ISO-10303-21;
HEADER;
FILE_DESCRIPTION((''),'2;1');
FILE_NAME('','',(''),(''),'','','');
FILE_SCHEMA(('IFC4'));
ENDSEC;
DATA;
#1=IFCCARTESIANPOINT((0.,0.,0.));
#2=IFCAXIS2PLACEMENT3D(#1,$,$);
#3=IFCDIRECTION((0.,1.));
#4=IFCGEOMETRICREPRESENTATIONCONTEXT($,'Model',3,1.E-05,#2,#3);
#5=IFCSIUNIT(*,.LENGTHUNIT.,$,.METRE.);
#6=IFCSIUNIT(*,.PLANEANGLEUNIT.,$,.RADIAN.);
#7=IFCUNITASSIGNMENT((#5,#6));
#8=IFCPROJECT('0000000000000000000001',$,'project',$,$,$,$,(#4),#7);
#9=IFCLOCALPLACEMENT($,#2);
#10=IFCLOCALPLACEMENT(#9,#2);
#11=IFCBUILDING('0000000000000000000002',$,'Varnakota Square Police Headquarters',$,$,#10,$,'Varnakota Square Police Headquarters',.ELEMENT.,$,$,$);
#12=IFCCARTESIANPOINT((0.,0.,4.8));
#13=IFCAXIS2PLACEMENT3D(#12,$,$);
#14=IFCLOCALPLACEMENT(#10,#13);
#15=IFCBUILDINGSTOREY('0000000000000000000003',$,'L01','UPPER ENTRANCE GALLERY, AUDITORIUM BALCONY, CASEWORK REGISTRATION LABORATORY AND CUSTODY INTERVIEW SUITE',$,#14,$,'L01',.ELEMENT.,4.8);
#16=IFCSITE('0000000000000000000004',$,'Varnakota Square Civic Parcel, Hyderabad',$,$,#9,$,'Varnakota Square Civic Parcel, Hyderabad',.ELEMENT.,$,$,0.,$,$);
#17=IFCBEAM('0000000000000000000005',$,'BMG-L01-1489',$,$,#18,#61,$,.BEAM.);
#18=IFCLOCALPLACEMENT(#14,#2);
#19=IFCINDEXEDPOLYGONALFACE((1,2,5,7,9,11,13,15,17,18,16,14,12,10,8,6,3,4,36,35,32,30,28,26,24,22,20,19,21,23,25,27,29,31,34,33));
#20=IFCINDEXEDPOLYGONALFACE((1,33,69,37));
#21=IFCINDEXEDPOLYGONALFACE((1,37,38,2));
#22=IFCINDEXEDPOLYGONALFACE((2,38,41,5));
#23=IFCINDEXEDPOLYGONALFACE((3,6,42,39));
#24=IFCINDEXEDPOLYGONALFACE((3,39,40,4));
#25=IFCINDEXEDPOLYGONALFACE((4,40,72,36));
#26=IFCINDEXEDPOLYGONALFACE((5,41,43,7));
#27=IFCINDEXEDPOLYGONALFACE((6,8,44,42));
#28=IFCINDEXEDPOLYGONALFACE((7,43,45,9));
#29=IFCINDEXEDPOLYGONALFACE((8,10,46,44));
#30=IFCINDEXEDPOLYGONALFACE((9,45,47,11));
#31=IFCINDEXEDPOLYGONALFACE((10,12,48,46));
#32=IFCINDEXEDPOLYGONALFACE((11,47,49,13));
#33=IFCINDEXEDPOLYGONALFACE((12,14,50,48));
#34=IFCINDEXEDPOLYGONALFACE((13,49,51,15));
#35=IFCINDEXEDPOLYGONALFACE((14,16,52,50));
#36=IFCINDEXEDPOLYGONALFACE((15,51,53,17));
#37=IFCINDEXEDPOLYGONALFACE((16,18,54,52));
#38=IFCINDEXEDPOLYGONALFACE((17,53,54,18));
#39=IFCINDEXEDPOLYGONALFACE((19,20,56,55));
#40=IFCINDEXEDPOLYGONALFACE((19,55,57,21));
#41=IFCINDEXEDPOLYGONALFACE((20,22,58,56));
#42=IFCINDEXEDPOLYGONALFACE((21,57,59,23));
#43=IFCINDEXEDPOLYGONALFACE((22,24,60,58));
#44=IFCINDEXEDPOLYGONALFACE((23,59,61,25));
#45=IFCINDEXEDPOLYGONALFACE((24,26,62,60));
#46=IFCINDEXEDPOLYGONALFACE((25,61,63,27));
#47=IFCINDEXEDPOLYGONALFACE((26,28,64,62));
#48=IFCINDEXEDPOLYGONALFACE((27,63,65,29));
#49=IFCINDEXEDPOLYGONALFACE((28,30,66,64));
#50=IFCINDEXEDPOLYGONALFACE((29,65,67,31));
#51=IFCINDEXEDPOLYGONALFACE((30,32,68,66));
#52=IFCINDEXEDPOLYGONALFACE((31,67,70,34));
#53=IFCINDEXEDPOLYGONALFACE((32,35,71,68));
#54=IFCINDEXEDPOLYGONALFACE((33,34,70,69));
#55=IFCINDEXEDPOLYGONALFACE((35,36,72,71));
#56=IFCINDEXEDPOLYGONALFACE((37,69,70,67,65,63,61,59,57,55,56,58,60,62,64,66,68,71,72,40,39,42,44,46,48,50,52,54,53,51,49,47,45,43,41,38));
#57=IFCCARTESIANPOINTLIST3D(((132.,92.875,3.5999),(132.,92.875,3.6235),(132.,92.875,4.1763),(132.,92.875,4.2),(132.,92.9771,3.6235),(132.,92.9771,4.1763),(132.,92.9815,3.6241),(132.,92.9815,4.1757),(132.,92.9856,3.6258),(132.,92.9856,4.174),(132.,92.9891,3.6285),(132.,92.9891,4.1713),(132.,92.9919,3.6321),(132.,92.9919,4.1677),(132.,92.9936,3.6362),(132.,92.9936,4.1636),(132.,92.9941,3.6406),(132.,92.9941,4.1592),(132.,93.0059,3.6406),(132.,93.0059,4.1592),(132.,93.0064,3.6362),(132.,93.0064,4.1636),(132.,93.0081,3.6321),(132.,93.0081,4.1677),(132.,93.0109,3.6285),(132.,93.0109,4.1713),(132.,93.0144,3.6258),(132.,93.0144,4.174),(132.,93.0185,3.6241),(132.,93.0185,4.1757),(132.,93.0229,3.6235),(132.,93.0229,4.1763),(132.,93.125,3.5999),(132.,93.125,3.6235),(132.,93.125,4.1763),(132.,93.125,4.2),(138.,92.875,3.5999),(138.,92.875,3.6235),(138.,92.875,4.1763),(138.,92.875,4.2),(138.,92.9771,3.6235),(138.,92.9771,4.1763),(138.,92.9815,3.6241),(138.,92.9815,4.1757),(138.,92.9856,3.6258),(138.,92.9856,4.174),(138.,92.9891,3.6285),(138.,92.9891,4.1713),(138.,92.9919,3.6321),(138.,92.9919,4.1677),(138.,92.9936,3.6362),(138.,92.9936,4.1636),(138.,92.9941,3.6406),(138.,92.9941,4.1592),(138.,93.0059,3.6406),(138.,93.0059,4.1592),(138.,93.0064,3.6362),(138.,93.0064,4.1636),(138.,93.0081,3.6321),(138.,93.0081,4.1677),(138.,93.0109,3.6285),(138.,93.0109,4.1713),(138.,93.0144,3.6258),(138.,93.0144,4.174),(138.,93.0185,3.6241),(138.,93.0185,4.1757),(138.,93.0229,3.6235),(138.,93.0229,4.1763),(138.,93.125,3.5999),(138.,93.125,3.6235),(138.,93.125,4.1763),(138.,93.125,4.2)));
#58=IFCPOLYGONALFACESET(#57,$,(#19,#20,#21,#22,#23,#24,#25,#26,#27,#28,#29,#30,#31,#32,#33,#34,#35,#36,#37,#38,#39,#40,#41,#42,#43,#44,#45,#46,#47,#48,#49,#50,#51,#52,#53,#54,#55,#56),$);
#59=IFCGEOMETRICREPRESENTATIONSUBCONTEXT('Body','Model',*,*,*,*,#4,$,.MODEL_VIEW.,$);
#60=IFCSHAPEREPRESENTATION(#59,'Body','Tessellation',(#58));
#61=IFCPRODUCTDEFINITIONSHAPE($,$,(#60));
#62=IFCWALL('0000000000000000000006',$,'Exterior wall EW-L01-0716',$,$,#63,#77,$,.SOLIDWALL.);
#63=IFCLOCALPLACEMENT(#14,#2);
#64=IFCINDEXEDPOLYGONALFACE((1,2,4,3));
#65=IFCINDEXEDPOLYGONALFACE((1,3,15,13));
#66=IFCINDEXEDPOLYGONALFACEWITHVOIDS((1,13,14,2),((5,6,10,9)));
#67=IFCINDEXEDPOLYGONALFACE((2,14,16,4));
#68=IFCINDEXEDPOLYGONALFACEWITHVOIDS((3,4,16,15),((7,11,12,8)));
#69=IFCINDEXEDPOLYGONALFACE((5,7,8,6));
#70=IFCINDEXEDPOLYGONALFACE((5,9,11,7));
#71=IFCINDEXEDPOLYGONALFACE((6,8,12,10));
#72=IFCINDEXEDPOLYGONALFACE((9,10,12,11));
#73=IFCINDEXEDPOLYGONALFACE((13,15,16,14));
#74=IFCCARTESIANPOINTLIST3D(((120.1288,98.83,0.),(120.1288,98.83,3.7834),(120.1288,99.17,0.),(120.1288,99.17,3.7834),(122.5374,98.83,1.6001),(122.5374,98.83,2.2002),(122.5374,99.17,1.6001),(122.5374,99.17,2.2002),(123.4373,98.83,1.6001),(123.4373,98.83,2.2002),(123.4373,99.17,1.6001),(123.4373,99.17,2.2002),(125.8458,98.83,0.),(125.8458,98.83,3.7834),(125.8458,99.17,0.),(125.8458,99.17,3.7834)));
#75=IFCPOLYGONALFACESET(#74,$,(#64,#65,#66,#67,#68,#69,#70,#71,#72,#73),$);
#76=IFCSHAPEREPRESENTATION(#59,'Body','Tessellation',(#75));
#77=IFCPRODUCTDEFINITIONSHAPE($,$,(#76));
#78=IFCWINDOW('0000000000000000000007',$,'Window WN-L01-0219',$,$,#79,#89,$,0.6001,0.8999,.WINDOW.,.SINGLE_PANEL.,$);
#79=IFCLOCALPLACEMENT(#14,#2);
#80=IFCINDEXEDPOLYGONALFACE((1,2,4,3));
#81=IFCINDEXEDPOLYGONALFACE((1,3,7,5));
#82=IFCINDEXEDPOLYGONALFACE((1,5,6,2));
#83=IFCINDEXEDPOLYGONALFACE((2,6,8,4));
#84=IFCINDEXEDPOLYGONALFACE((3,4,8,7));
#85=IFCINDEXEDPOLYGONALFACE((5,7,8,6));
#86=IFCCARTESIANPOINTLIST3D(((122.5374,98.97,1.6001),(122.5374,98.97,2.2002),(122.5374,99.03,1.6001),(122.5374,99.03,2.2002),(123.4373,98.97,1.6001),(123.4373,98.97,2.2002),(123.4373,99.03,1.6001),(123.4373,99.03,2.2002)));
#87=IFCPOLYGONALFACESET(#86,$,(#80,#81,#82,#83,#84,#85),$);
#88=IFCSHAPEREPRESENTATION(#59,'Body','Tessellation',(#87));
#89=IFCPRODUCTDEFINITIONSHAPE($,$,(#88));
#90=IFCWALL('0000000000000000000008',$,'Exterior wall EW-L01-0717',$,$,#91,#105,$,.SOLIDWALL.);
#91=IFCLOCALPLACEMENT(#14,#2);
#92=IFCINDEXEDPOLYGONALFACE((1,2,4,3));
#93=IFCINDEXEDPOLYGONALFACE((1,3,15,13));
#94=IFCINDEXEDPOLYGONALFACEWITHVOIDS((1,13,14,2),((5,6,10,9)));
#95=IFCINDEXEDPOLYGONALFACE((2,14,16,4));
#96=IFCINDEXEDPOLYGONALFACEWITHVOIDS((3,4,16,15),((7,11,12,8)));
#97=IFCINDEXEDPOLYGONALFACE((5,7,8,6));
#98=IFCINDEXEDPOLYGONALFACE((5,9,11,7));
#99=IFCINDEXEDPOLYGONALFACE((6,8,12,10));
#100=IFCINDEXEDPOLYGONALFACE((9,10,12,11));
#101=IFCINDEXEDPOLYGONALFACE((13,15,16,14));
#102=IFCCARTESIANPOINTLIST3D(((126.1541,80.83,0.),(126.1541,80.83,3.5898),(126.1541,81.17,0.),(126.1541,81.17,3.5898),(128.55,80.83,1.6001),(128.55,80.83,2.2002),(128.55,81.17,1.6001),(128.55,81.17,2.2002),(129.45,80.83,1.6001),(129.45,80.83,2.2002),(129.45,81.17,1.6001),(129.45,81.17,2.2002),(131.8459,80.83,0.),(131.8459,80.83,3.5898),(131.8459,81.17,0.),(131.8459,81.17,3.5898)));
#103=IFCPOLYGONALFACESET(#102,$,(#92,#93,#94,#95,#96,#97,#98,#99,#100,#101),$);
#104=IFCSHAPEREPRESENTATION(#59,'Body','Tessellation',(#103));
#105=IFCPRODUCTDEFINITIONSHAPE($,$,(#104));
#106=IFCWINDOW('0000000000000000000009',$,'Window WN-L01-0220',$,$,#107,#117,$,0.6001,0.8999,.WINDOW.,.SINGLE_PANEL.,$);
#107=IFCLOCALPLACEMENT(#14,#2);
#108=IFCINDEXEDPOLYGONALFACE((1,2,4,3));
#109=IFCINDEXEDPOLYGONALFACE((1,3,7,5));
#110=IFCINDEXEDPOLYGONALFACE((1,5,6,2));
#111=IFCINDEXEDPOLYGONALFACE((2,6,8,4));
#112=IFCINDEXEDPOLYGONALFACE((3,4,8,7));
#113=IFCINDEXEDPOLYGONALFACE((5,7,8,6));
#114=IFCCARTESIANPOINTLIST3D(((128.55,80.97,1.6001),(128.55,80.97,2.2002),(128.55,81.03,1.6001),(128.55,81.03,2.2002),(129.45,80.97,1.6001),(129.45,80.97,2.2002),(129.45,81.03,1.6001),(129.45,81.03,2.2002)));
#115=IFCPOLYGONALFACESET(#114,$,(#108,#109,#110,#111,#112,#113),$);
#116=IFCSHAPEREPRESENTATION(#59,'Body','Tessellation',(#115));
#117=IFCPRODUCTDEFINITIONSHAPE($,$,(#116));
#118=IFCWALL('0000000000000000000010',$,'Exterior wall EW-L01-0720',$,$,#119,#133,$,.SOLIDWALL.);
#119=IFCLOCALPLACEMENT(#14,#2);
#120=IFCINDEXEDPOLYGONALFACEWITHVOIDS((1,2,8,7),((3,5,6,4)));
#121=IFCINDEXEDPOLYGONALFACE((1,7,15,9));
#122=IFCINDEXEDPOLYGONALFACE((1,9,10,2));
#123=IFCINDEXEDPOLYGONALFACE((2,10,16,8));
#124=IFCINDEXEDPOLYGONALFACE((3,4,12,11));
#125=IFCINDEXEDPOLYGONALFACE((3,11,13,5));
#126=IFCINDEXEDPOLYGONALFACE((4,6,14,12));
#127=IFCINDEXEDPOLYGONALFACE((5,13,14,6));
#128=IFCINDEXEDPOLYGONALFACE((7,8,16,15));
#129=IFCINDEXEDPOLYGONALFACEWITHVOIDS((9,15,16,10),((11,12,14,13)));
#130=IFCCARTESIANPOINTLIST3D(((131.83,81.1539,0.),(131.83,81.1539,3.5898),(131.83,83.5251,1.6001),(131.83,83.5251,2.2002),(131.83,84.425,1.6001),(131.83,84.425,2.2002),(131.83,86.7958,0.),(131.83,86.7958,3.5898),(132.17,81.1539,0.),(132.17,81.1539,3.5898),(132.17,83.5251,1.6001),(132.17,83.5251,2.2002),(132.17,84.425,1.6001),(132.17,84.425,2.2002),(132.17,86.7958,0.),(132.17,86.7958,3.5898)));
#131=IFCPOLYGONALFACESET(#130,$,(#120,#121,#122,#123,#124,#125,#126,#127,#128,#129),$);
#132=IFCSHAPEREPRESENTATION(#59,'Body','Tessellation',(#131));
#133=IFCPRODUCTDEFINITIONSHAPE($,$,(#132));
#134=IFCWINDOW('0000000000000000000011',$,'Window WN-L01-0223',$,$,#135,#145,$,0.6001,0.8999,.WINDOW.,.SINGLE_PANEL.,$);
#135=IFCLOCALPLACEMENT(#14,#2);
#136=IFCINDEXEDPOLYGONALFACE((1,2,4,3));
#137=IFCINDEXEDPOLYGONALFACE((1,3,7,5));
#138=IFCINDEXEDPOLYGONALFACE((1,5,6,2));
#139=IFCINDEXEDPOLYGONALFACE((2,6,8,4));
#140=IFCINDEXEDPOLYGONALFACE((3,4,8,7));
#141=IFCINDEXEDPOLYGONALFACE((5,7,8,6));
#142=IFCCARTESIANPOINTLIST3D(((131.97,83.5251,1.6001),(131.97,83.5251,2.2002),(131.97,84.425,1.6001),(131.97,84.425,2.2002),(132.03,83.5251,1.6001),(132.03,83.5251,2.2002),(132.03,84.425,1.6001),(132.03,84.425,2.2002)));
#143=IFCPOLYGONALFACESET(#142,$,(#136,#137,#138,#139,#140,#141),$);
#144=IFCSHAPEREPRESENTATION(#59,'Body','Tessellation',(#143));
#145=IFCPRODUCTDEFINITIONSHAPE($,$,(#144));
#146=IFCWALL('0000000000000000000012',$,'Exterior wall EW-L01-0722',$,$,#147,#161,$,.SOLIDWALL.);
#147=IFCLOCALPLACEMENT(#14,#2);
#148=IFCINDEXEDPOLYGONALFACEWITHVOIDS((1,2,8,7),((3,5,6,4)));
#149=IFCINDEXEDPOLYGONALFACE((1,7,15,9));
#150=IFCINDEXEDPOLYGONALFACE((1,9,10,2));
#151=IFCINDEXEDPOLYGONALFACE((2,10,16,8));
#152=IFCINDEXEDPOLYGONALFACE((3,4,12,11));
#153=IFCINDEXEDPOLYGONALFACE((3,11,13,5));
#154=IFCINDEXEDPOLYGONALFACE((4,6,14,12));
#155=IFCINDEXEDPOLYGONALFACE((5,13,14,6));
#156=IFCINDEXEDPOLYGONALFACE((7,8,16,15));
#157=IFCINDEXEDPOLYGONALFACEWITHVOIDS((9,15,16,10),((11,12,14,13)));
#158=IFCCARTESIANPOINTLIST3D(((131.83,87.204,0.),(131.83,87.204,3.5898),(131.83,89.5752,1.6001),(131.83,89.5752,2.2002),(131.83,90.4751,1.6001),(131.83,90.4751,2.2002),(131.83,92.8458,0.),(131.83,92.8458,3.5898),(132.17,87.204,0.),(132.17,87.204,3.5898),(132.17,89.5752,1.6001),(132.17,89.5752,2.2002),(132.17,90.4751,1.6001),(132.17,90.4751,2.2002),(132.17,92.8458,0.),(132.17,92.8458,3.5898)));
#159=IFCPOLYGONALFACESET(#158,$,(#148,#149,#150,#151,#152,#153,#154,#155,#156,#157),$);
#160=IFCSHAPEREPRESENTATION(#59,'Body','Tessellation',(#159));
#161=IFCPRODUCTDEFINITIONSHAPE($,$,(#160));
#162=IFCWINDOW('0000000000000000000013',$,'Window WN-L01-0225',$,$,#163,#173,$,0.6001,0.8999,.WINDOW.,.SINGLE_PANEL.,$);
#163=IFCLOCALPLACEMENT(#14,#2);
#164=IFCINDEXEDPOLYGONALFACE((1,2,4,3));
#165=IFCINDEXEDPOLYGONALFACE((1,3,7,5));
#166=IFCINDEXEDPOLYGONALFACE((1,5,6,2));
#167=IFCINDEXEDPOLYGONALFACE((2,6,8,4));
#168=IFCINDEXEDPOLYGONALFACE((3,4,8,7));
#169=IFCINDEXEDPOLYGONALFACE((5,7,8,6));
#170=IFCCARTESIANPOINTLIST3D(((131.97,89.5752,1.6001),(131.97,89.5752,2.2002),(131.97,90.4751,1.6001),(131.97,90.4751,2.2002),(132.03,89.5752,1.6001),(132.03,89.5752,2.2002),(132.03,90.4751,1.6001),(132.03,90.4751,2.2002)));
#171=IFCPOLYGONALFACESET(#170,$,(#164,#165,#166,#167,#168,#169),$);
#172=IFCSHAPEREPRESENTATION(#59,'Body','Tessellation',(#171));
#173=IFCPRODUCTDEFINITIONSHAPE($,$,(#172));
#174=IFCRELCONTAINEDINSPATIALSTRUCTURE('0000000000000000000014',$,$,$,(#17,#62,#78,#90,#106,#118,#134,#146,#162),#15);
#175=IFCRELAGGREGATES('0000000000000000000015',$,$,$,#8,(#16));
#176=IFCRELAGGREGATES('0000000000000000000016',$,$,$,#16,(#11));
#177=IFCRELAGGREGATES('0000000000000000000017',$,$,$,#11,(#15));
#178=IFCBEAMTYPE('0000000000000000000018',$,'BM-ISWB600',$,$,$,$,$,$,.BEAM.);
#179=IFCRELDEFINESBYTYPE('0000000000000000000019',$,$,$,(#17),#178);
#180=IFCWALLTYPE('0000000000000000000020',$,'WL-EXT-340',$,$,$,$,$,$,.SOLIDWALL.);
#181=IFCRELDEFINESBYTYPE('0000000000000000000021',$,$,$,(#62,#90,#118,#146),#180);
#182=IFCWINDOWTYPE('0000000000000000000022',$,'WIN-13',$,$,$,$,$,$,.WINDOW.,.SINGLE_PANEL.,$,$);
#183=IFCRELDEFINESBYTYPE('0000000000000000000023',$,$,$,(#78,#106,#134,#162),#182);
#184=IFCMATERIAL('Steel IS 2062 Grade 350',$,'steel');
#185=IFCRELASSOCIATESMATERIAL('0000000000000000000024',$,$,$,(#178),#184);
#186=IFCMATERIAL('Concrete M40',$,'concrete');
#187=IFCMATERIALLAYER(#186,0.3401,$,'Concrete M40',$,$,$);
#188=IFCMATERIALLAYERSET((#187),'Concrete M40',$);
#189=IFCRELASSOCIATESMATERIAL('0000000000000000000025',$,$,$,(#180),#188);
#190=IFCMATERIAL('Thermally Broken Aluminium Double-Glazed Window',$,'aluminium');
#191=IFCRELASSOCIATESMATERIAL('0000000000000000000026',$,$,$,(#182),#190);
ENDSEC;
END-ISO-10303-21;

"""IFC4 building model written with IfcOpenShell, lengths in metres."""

from ifc_helpers import new_model, si_unit, direction, frame, frame_2d, origin, origin_2d, place, context, subcontext, project, spatial, rectangle, i_section, extrude, material, layer, layer_set, material_profile, profile_set, type_object, element, fill, save


model = new_model("IFC4")

# Units and contexts
model_context = context("Model", 3, precision=1e-05, world=origin(), true_north=direction((0.0, 1.0)))
body_context = subcontext(model_context, "Body", "Model", "MODEL_VIEW")
ifc_project = project(units=[si_unit("LENGTHUNIT", "METRE"), si_unit("PLANEANGLEUNIT", "RADIAN")], contexts=[model_context])

# Site, building, storey
site_placement = place(None, origin())
site = spatial("IfcSite", under=ifc_project, at=site_placement, Name="Varnakota Square Civic Parcel, Hyderabad", LongName="Varnakota Square Civic Parcel, Hyderabad", CompositionType="ELEMENT", RefElevation=0.0)
building_placement = place(site_placement, origin())
building = spatial("IfcBuilding", under=site, at=building_placement, Name="Varnakota Square Police Headquarters", LongName="Varnakota Square Police Headquarters", CompositionType="ELEMENT")
storey_placement = place(building_placement, frame((0.0, 0.0, 4.8)))
storey = spatial("IfcBuildingStorey", under=building, at=storey_placement, Name="L01", Description="UPPER ENTRANCE GALLERY, AUDITORIUM BALCONY, CASEWORK REGISTRATION LABORATORY AND CUSTODY INTERVIEW SUITE", LongName="L01", CompositionType="ELEMENT", Elevation=4.8)

# Shared definitions
ifc_material_1 = material(Name="Steel IS 2062 Grade 350", Category="steel")

# Beam
ifc_material_profile_1 = material_profile(ifc_material_1, i_section(OverallWidth=0.25, OverallDepth=0.6001, WebThickness=0.0117, FlangeThickness=0.0237, FilletRadius=0.0171, at=origin_2d()), Name="ISWB 600")
ifc_profile_set_1 = profile_set([ifc_material_profile_1], Name="Steel IS 2062 Grade 350")
beam_type_1 = type_object("IfcBeamType", Name="BM-ISWB600", PredefinedType="BEAM", material=ifc_profile_set_1)
for number, where, z_axis, x_axis, name in (
    (1, (132.0, 93.0, 3.8999), (1.0, 0.0, 0.0), (0.0, 1.0, 0.0), "BMG-L01-1489"),
):
    element("IfcBeam", number, at=place(storey_placement, frame(where, z_axis=z_axis, x_axis=x_axis)), inside=storey, type_object=beam_type_1, Name=name, PredefinedType="BEAM", context=body_context, shape_type="SweptSolid", body=[
        extrude(i_section(OverallWidth=0.25, OverallDepth=0.6001, WebThickness=0.0117, FlangeThickness=0.0237, FilletRadius=0.0171, at=origin_2d()), origin(), (0.0, 0.0, 1.0), 6.0),
    ])

# Walls, openings, windows
ifc_material_2 = material(Name="Concrete M40", Category="concrete")
ifc_layer = layer(ifc_material_2, 0.3401, Name="Concrete M40")
ifc_layer_set = layer_set([ifc_layer], Name="Concrete M40")
wall_type = type_object("IfcWallType", Name="WL-EXT-340", PredefinedType="SOLIDWALL", material=ifc_layer_set)
wall_1_placement = place(storey_placement, frame((120.1289, 99.0, 0.0), z_axis=(0.0, 0.0, 1.0), x_axis=(1.0, 0.0, 0.0)))
wall_1 = element("IfcWall", 2, at=wall_1_placement, inside=storey, type_object=wall_type, Name="Exterior wall EW-L01-0716", PredefinedType="SOLIDWALL", context=body_context, shape_type="SweptSolid", body=[
    extrude(rectangle(XDim=5.717, YDim=0.3401, at=frame_2d((2.8584, 0.0))), origin(), (0.0, 0.0, 1.0), 3.7834),
])
opening_1_placement = place(wall_1_placement, frame((2.4084, 0.0, 1.6001)))
opening_1 = element("IfcOpeningElement", 3, at=opening_1_placement, cuts=wall_1, PredefinedType="OPENING", context=body_context, shape_type="SweptSolid", body=[
    extrude(rectangle(XDim=0.8999, YDim=0.6001, at=frame_2d((0.45, 0.3))), frame((0.0, 0.1799, 0.0), z_axis=(0.0, -1.0, 0.0), x_axis=(1.0, 0.0, 0.0)), (0.0, 0.0, 1.0), 0.3601),
])
ifc_material_3 = material(Name="Thermally Broken Aluminium Double-Glazed Window", Category="aluminium")
window_type = type_object("IfcWindowType", Name="WIN-13", PartitioningType="SINGLE_PANEL", PredefinedType="WINDOW", material=ifc_material_3)
window_1_placement = place(opening_1_placement, origin())
window_1 = element("IfcWindow", 4, at=window_1_placement, inside=storey, type_object=window_type, Name="Window WN-L01-0219", OverallHeight=0.6001, OverallWidth=0.8999, PartitioningType="SINGLE_PANEL", PredefinedType="WINDOW", context=body_context, shape_type="SweptSolid", body=[
    extrude(rectangle(XDim=0.8999, YDim=0.6001, at=frame_2d((0.45, 0.3))), frame((0.0, 0.03, 0.0), z_axis=(0.0, -1.0, 0.0), x_axis=(1.0, 0.0, 0.0)), (0.0, 0.0, 1.0), 0.0601),
])
fill(opening_1, window_1)
wall_2_placement = place(storey_placement, frame((126.1541, 81.0, 0.0), z_axis=(0.0, 0.0, 1.0), x_axis=(1.0, 0.0, 0.0)))
wall_2 = element("IfcWall", 5, at=wall_2_placement, inside=storey, type_object=wall_type, Name="Exterior wall EW-L01-0717", PredefinedType="SOLIDWALL", context=body_context, shape_type="SweptSolid", body=[
    extrude(rectangle(XDim=5.6919, YDim=0.3401, at=frame_2d((2.8459, 0.0))), origin(), (0.0, 0.0, 1.0), 3.5898),
])
opening_2_placement = place(wall_2_placement, frame((2.396, 0.0, 1.6001)))
opening_2 = element("IfcOpeningElement", 6, at=opening_2_placement, cuts=wall_2, PredefinedType="OPENING", context=body_context, shape_type="SweptSolid", body=[
    extrude(rectangle(XDim=0.8999, YDim=0.6001, at=frame_2d((0.45, 0.3))), frame((0.0, 0.1799, 0.0), z_axis=(0.0, -1.0, 0.0), x_axis=(1.0, 0.0, 0.0)), (0.0, 0.0, 1.0), 0.3601),
])
window_2_placement = place(opening_2_placement, origin())
window_2 = element("IfcWindow", 7, at=window_2_placement, inside=storey, type_object=window_type, Name="Window WN-L01-0220", OverallHeight=0.6001, OverallWidth=0.8999, PartitioningType="SINGLE_PANEL", PredefinedType="WINDOW", context=body_context, shape_type="SweptSolid", body=[
    extrude(rectangle(XDim=0.8999, YDim=0.6001, at=frame_2d((0.45, 0.3))), frame((0.0, 0.03, 0.0), z_axis=(0.0, -1.0, 0.0), x_axis=(1.0, 0.0, 0.0)), (0.0, 0.0, 1.0), 0.0601),
])
fill(opening_2, window_2)
wall_3_placement = place(storey_placement, frame((132.0, 81.1541, 0.0), z_axis=(0.0, 0.0, 1.0), x_axis=(0.0, 1.0, 0.0)))
wall_3 = element("IfcWall", 8, at=wall_3_placement, inside=storey, type_object=wall_type, Name="Exterior wall EW-L01-0720", PredefinedType="SOLIDWALL", context=body_context, shape_type="SweptSolid", body=[
    extrude(rectangle(XDim=5.6418, YDim=0.3401, at=frame_2d((2.8208, 0.0))), origin(), (0.0, 0.0, 1.0), 3.5898),
])
opening_3_placement = place(wall_3_placement, frame((2.3711, 0.0, 1.6001)))
opening_3 = element("IfcOpeningElement", 9, at=opening_3_placement, cuts=wall_3, PredefinedType="OPENING", context=body_context, shape_type="SweptSolid", body=[
    extrude(rectangle(XDim=0.8999, YDim=0.6001, at=frame_2d((0.45, 0.3))), frame((0.0, 0.1799, 0.0), z_axis=(0.0, -1.0, 0.0), x_axis=(1.0, 0.0, 0.0)), (0.0, 0.0, 1.0), 0.3601),
])
window_3_placement = place(opening_3_placement, origin())
window_3 = element("IfcWindow", 10, at=window_3_placement, inside=storey, type_object=window_type, Name="Window WN-L01-0223", OverallHeight=0.6001, OverallWidth=0.8999, PartitioningType="SINGLE_PANEL", PredefinedType="WINDOW", context=body_context, shape_type="SweptSolid", body=[
    extrude(rectangle(XDim=0.8999, YDim=0.6001, at=frame_2d((0.45, 0.3))), frame((0.0, 0.03, 0.0), z_axis=(0.0, -1.0, 0.0), x_axis=(1.0, 0.0, 0.0)), (0.0, 0.0, 1.0), 0.0601),
])
fill(opening_3, window_3)
wall_4_placement = place(storey_placement, frame((132.0, 87.2041, 0.0), z_axis=(0.0, 0.0, 1.0), x_axis=(0.0, 1.0, 0.0)))
wall_4 = element("IfcWall", 11, at=wall_4_placement, inside=storey, type_object=wall_type, Name="Exterior wall EW-L01-0722", PredefinedType="SOLIDWALL", context=body_context, shape_type="SweptSolid", body=[
    extrude(rectangle(XDim=5.6418, YDim=0.3401, at=frame_2d((2.8208, 0.0))), origin(), (0.0, 0.0, 1.0), 3.5898),
])
opening_4_placement = place(wall_4_placement, frame((2.3711, 0.0, 1.6001)))
opening_4 = element("IfcOpeningElement", 12, at=opening_4_placement, cuts=wall_4, PredefinedType="OPENING", context=body_context, shape_type="SweptSolid", body=[
    extrude(rectangle(XDim=0.8999, YDim=0.6001, at=frame_2d((0.45, 0.3))), frame((0.0, 0.1799, 0.0), z_axis=(0.0, -1.0, 0.0), x_axis=(1.0, 0.0, 0.0)), (0.0, 0.0, 1.0), 0.3601),
])
window_4_placement = place(opening_4_placement, origin())
window_4 = element("IfcWindow", 13, at=window_4_placement, inside=storey, type_object=window_type, Name="Window WN-L01-0225", OverallHeight=0.6001, OverallWidth=0.8999, PartitioningType="SINGLE_PANEL", PredefinedType="WINDOW", context=body_context, shape_type="SweptSolid", body=[
    extrude(rectangle(XDim=0.8999, YDim=0.6001, at=frame_2d((0.45, 0.3))), frame((0.0, 0.03, 0.0), z_axis=(0.0, -1.0, 0.0), x_axis=(1.0, 0.0, 0.0)), (0.0, 0.0, 1.0), 0.0601),
])
fill(opening_4, window_4)

save(model, "model.ifc")
